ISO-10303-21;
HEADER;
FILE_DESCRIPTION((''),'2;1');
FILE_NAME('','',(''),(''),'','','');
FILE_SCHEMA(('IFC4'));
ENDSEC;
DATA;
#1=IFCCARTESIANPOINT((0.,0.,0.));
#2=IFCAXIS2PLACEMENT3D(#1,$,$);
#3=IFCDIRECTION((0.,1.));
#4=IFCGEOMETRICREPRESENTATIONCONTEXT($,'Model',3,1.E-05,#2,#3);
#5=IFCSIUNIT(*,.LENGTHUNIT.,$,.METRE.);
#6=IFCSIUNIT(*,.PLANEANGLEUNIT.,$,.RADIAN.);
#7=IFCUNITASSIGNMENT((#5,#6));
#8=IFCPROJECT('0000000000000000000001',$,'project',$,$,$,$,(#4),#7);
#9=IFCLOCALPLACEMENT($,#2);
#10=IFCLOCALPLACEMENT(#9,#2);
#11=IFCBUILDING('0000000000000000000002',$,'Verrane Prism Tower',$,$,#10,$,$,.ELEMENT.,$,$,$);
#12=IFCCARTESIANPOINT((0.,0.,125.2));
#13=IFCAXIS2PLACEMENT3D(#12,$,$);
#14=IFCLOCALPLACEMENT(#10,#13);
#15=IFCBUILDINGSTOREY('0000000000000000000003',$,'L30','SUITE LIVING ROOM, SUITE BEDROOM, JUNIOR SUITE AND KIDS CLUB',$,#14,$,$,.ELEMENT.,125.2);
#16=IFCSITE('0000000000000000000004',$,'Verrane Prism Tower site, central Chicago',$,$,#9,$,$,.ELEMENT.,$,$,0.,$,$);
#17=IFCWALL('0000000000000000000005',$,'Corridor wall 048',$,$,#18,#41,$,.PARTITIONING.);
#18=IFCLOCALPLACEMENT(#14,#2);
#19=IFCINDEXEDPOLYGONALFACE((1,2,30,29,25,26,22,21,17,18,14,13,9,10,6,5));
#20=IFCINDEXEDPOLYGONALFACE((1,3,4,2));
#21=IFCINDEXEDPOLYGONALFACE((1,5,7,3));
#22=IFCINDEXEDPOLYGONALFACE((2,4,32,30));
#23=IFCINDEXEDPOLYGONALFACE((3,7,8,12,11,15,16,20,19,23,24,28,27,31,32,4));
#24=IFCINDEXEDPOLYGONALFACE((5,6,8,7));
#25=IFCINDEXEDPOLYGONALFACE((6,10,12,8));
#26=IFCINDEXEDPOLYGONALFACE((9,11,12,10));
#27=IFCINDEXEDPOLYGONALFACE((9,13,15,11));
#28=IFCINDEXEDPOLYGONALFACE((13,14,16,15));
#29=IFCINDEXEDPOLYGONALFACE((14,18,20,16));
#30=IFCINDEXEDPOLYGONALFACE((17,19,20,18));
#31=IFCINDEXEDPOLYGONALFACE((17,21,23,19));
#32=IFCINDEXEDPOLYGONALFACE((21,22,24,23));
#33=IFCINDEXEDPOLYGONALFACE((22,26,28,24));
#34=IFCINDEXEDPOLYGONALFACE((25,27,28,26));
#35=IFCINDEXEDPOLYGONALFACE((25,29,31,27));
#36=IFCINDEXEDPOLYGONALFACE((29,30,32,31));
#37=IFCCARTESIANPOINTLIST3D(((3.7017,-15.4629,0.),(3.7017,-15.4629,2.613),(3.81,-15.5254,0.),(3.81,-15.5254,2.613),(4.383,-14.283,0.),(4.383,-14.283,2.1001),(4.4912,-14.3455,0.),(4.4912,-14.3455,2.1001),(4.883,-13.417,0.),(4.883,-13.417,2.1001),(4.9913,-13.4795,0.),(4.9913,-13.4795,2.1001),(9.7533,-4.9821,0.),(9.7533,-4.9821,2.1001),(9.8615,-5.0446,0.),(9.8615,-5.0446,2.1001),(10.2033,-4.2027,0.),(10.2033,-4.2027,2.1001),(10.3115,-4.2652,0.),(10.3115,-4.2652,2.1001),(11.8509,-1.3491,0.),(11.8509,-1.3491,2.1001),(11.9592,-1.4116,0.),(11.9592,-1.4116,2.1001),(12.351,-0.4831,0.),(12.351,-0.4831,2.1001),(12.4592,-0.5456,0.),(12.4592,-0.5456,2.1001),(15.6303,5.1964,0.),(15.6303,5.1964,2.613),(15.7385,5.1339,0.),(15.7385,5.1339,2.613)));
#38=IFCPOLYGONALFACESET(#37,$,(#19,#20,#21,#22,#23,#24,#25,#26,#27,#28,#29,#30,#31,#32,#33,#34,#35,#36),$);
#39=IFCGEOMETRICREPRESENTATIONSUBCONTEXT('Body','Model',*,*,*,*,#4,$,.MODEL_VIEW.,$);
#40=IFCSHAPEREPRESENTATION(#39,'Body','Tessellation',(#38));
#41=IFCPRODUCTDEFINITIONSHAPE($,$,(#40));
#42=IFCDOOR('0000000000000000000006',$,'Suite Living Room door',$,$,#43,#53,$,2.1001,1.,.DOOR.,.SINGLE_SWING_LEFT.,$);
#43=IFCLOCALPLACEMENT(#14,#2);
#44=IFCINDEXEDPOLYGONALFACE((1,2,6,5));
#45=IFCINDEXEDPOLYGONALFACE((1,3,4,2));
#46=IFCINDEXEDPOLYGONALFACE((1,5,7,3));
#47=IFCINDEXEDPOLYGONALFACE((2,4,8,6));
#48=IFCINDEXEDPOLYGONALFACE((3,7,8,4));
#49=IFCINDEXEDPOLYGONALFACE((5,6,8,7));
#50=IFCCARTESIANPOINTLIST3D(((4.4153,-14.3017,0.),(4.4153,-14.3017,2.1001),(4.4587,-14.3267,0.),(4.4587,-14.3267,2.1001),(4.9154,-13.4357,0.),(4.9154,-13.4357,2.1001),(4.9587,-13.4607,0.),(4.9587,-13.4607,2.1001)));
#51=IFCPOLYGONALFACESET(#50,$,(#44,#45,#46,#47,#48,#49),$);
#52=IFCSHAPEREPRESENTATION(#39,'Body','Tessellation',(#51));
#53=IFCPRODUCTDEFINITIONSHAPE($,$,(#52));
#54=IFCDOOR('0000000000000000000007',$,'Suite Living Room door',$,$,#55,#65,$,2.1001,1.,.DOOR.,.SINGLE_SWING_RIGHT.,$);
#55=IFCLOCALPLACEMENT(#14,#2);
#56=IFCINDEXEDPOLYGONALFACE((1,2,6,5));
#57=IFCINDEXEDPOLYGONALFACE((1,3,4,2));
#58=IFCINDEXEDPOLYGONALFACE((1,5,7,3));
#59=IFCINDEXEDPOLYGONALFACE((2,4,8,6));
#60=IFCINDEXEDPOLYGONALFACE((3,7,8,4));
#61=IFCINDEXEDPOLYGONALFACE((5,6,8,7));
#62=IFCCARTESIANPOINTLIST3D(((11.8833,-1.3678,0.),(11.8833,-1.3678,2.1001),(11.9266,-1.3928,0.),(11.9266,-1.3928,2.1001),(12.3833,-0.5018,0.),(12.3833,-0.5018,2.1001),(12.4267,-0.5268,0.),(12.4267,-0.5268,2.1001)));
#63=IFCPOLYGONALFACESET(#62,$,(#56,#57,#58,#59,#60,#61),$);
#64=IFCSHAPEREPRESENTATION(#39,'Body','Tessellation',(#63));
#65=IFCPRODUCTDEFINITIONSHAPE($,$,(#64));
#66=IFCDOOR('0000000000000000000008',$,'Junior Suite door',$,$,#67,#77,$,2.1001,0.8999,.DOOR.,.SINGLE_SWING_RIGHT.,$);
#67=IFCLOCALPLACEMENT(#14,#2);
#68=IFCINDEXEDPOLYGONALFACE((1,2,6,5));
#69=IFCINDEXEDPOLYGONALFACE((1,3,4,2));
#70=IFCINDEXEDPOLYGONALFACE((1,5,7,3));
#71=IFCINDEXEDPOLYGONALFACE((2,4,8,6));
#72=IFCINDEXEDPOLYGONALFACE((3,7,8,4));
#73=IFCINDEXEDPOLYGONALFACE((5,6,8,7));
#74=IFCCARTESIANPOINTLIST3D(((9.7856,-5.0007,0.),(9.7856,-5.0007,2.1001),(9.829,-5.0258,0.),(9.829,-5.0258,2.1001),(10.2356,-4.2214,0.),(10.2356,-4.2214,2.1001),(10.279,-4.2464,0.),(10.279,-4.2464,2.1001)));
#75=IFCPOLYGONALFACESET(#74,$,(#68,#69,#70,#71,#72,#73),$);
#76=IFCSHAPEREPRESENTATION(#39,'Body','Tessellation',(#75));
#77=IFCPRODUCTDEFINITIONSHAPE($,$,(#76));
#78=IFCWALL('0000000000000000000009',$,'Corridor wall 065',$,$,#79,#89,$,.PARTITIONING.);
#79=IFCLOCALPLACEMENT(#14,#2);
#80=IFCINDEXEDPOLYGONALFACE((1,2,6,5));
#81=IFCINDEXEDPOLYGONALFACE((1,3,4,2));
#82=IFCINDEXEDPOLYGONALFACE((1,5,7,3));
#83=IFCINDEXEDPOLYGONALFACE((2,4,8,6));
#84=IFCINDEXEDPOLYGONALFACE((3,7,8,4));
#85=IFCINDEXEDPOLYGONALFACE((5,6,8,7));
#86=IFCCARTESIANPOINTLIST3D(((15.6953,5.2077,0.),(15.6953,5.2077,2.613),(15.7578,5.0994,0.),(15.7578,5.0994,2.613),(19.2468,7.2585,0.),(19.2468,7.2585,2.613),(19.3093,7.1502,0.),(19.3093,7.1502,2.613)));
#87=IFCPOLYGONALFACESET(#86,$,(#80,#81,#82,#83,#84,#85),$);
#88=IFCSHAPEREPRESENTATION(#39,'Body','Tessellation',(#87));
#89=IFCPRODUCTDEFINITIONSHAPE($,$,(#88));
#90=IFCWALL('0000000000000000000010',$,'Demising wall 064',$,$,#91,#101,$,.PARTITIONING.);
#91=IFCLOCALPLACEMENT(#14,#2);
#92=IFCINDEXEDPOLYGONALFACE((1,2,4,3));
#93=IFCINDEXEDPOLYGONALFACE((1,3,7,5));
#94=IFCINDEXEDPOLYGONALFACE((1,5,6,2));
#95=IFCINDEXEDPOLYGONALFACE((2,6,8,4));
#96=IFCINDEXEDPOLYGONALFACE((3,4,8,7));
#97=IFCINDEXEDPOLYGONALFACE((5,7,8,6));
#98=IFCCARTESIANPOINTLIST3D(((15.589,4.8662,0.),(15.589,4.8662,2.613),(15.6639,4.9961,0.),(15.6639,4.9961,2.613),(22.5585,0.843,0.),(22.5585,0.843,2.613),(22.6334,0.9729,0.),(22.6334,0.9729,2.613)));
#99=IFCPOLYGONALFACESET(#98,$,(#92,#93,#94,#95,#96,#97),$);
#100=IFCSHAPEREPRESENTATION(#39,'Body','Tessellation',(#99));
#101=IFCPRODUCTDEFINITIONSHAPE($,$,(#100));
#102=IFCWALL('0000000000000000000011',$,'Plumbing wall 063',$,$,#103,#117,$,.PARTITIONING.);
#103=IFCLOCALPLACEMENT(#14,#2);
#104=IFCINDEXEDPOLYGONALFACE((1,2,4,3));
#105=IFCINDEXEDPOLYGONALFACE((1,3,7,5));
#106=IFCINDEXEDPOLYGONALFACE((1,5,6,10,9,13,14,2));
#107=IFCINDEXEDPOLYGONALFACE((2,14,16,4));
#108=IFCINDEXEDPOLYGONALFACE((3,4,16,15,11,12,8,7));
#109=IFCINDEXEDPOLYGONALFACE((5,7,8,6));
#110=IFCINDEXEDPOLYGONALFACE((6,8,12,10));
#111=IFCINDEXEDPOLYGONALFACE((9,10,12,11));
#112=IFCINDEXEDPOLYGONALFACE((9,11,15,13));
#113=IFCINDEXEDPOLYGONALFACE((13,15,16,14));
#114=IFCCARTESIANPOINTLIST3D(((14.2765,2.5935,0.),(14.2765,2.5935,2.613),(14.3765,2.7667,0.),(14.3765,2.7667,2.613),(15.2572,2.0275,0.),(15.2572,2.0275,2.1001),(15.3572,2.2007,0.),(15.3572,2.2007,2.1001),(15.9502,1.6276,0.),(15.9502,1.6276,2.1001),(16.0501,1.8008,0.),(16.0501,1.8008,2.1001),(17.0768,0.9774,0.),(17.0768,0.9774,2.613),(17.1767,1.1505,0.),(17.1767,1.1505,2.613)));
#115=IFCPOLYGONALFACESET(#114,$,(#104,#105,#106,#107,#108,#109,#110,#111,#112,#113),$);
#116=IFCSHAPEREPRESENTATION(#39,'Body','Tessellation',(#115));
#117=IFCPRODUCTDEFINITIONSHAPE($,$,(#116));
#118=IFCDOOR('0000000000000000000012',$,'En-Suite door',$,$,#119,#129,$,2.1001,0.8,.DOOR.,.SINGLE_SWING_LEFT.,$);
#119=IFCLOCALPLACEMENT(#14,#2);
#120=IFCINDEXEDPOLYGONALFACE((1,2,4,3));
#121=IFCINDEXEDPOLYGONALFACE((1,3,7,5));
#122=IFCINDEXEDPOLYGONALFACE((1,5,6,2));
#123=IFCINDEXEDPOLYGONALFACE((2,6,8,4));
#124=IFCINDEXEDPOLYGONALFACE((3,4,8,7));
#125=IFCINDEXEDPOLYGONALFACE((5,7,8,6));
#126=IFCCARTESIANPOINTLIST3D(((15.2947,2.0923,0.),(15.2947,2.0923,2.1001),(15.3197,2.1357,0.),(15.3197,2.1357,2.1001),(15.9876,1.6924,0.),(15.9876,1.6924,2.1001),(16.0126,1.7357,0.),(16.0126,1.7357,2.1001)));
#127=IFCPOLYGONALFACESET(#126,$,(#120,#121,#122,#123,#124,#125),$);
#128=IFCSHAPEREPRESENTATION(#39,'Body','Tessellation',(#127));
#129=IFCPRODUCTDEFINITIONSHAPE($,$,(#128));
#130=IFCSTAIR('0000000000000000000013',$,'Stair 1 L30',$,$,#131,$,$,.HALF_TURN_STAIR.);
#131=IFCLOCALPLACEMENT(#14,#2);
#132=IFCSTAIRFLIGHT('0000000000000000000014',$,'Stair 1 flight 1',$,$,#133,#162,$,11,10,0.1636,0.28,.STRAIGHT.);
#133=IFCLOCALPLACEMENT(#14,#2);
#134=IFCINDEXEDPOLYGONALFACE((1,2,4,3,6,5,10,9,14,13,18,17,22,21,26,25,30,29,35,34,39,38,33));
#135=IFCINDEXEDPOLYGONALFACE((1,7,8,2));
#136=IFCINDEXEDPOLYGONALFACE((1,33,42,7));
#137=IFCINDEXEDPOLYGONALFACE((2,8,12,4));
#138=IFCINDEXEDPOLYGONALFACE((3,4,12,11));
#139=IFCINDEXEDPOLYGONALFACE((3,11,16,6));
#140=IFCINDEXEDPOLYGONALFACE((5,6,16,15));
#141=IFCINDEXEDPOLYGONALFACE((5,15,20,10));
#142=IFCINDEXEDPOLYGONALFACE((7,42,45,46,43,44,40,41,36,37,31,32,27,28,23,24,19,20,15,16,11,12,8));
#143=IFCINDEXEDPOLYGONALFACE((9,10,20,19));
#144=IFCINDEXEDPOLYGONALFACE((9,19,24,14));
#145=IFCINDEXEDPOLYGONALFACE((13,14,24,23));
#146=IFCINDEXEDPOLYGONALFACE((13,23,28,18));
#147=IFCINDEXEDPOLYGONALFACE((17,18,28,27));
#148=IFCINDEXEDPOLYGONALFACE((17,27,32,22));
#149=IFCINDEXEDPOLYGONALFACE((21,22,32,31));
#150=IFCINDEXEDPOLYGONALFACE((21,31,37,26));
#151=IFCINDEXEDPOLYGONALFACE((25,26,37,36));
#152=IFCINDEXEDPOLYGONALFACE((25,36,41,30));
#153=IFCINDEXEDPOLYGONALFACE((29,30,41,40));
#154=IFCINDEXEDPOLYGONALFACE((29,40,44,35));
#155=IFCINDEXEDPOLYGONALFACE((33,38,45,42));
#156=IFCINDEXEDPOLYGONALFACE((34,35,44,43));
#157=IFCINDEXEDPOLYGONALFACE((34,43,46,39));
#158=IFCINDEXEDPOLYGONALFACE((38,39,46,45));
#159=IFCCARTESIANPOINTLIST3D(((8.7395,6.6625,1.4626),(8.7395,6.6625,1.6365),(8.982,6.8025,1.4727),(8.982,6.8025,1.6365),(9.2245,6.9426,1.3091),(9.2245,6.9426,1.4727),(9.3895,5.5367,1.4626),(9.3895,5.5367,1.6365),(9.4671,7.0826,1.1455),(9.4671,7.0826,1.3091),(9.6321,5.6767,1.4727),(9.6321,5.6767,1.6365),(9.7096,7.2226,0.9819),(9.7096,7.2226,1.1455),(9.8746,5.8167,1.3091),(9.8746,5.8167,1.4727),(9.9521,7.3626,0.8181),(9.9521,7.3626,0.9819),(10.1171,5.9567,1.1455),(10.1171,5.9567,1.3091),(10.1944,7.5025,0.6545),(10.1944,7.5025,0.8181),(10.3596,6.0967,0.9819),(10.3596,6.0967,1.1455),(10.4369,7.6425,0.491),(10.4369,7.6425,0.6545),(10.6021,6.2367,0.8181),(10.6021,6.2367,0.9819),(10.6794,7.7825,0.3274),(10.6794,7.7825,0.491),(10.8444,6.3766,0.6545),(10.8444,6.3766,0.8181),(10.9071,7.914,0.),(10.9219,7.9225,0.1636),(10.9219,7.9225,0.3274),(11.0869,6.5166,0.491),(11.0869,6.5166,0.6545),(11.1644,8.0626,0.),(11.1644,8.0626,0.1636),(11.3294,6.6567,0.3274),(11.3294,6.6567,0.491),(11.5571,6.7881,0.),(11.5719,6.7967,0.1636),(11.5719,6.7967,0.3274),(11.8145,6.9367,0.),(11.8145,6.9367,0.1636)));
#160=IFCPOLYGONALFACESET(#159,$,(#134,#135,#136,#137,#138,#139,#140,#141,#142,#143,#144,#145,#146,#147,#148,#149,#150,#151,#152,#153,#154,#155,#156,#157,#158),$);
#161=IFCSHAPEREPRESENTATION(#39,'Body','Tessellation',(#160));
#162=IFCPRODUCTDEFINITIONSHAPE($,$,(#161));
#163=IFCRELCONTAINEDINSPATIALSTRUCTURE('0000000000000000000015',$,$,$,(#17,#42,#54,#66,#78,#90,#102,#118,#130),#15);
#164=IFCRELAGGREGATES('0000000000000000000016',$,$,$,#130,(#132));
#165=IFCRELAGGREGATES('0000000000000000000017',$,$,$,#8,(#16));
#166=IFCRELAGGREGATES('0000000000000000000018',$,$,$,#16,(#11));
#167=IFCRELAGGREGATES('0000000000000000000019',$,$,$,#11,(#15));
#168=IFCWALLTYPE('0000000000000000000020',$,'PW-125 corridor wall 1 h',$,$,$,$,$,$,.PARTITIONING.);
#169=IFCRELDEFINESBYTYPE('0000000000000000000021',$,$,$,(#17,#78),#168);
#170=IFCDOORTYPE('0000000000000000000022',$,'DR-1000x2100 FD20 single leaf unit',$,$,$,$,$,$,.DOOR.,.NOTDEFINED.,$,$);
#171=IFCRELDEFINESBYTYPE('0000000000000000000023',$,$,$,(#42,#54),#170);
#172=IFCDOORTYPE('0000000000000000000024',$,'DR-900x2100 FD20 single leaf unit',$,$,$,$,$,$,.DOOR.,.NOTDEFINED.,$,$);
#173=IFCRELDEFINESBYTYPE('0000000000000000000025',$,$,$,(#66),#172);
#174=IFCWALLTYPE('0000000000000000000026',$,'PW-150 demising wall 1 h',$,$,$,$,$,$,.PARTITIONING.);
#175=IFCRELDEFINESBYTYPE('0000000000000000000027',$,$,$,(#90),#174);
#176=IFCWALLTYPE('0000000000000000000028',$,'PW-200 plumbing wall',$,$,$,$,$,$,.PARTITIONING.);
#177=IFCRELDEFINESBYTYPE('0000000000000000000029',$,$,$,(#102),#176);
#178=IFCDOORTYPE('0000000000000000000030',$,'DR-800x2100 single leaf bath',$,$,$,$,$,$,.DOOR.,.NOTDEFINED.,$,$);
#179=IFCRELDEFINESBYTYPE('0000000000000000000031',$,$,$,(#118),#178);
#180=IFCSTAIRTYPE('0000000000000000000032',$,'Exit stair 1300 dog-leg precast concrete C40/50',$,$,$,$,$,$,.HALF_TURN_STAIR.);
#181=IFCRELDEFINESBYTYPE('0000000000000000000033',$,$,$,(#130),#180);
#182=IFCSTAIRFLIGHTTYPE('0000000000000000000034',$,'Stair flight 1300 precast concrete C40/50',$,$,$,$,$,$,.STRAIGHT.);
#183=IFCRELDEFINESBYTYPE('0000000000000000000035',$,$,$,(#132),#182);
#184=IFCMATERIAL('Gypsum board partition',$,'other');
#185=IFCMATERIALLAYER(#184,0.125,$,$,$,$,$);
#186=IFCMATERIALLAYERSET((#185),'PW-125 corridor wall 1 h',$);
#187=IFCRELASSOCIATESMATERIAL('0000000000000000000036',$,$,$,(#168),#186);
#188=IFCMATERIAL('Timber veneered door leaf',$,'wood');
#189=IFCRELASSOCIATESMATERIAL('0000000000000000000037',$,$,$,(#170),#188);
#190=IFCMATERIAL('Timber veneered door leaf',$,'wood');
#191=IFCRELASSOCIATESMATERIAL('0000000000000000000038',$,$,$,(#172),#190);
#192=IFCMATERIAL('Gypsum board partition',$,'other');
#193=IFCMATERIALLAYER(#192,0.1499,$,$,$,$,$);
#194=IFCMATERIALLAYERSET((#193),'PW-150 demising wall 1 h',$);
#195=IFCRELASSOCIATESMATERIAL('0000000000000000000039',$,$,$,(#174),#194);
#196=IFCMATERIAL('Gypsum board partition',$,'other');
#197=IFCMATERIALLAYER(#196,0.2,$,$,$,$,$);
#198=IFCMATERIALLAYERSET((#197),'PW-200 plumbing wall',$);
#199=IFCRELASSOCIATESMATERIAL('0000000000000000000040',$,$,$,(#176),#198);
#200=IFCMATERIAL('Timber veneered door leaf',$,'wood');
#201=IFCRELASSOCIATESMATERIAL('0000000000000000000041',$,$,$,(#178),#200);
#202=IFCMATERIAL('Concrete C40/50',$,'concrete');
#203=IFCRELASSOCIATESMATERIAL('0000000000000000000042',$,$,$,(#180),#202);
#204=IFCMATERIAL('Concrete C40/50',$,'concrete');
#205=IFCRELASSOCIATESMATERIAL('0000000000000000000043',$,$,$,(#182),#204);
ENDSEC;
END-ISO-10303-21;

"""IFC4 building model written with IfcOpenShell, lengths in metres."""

from ifc_helpers import new_model, si_unit, direction, frame, frame_2d, origin, place, context, subcontext, project, spatial, polyline, rectangle, outline, extrude, material, layer, layer_set, type_object, element, fill, aggregate, save


model = new_model("IFC4")

# Units and contexts
model_context = context("Model", 3, precision=1e-05, world=origin(), true_north=direction((0.0, 1.0)))
body_context = subcontext(model_context, "Body", "Model", "MODEL_VIEW")
ifc_project = project(units=[si_unit("LENGTHUNIT", "METRE"), si_unit("PLANEANGLEUNIT", "RADIAN")], contexts=[model_context])

# Site, building, storey
site_placement = place(None, origin())
site = spatial("IfcSite", under=ifc_project, at=site_placement, Name="Verrane Prism Tower site, central Chicago", CompositionType="ELEMENT", RefElevation=0.0)
building_placement = place(site_placement, origin())
building = spatial("IfcBuilding", under=site, at=building_placement, Name="Verrane Prism Tower", CompositionType="ELEMENT")
storey_placement = place(building_placement, frame((0.0, 0.0, 125.2)))
storey = spatial("IfcBuildingStorey", under=building, at=storey_placement, Name="L30", Description="SUITE LIVING ROOM, SUITE BEDROOM, JUNIOR SUITE AND KIDS CLUB", CompositionType="ELEMENT", Elevation=125.2)

# Wall, openings, doors
ifc_material_1 = material(Name="Gypsum board partition", Category="other")
ifc_layer_1 = layer(ifc_material_1, 0.125)
ifc_layer_set_1 = layer_set([ifc_layer_1], Name="PW-125 corridor wall 1 h")
wall_type_1 = type_object("IfcWallType", Name="PW-125 corridor wall 1 h", PredefinedType="PARTITIONING", material=ifc_layer_set_1)
wall_1_placement = place(storey_placement, frame((15.6843, 5.165, 0.0), z_axis=(0.0, 0.0, 1.0), x_axis=(-0.500028, -0.866009, 0.0)))
wall_1 = element("IfcWall", 1, at=wall_1_placement, inside=storey, type_object=wall_type_1, Name="Corridor wall 048", PredefinedType="PARTITIONING", context=body_context, shape_type="SweptSolid", body=[
    extrude(rectangle(XDim=23.8557, YDim=0.125, at=frame_2d((11.9277, 0.0))), origin(), (0.0, 0.0, 1.0), 2.613),
])
opening_1_placement = place(wall_1_placement, frame((21.4932, 0.0, 0.0)))
opening_1 = element("IfcOpeningElement", 2, at=opening_1_placement, cuts=wall_1, PredefinedType="OPENING", context=body_context, shape_type="SweptSolid", body=[
    extrude(rectangle(XDim=1.0, YDim=2.1001, at=frame_2d((0.5, 1.05))), frame((0.0, 0.0725, 0.0), z_axis=(0.0, -1.0, 0.0), x_axis=(1.0, 0.0, 0.0)), (0.0, 0.0, 1.0), 0.145),
])
opening_2_placement = place(wall_1_placement, frame((10.8533, 0.0, 0.0)))
opening_2 = element("IfcOpeningElement", 3, at=opening_2_placement, cuts=wall_1, PredefinedType="OPENING", context=body_context, shape_type="SweptSolid", body=[
    extrude(rectangle(XDim=0.8999, YDim=2.1001, at=frame_2d((0.45, 1.05))), frame((0.0, 0.0725, 0.0), z_axis=(0.0, -1.0, 0.0), x_axis=(1.0, 0.0, 0.0)), (0.0, 0.0, 1.0), 0.145),
])
opening_3_placement = place(wall_1_placement, frame((6.5581, 0.0, 0.0)))
opening_3 = element("IfcOpeningElement", 4, at=opening_3_placement, cuts=wall_1, PredefinedType="OPENING", context=body_context, shape_type="SweptSolid", body=[
    extrude(rectangle(XDim=1.0, YDim=2.1001, at=frame_2d((0.5, 1.05))), frame((0.0, 0.0725, 0.0), z_axis=(0.0, -1.0, 0.0), x_axis=(1.0, 0.0, 0.0)), (0.0, 0.0, 1.0), 0.145),
])
ifc_material_2 = material(Name="Timber veneered door leaf", Category="wood")
door_type_1 = type_object("IfcDoorType", Name="DR-1000x2100 FD20 single leaf unit", OperationType="NOTDEFINED", PredefinedType="DOOR", material=ifc_material_2)
door_1_placement = place(opening_1_placement, origin())
door_1 = element("IfcDoor", 5, at=door_1_placement, inside=storey, type_object=door_type_1, Name="Suite Living Room door", OperationType="SINGLE_SWING_LEFT", OverallHeight=2.1001, OverallWidth=1.0, PredefinedType="DOOR", context=body_context, shape_type="SweptSolid", body=[
    extrude(rectangle(XDim=1.0, YDim=2.1001, at=frame_2d((0.5, 1.05))), frame((0.0, 0.0249, 0.0), z_axis=(0.0, -1.0, 0.0), x_axis=(1.0, 0.0, 0.0)), (0.0, 0.0, 1.0), 0.05),
])
fill(opening_1, door_1)
door_2_placement = place(opening_3_placement, origin())
door_2 = element("IfcDoor", 6, at=door_2_placement, inside=storey, type_object=door_type_1, Name="Suite Living Room door", OperationType="SINGLE_SWING_RIGHT", OverallHeight=2.1001, OverallWidth=1.0, PredefinedType="DOOR", context=body_context, shape_type="SweptSolid", body=[
    extrude(rectangle(XDim=1.0, YDim=2.1001, at=frame_2d((0.5, 1.05))), frame((0.0, 0.0249, 0.0), z_axis=(0.0, -1.0, 0.0), x_axis=(1.0, 0.0, 0.0)), (0.0, 0.0, 1.0), 0.05),
])
fill(opening_3, door_2)
ifc_material_3 = material(Name="Timber veneered door leaf", Category="wood")
door_type_2 = type_object("IfcDoorType", Name="DR-900x2100 FD20 single leaf unit", OperationType="NOTDEFINED", PredefinedType="DOOR", material=ifc_material_3)
door_3_placement = place(opening_2_placement, origin())
door_3 = element("IfcDoor", 7, at=door_3_placement, inside=storey, type_object=door_type_2, Name="Junior Suite door", OperationType="SINGLE_SWING_RIGHT", OverallHeight=2.1001, OverallWidth=0.8999, PredefinedType="DOOR", context=body_context, shape_type="SweptSolid", body=[
    extrude(rectangle(XDim=0.8999, YDim=2.1001, at=frame_2d((0.45, 1.05))), frame((0.0, 0.0249, 0.0), z_axis=(0.0, -1.0, 0.0), x_axis=(1.0, 0.0, 0.0)), (0.0, 0.0, 1.0), 0.05),
])
fill(opening_2, door_3)

# Walls
wall_2_placement = place(storey_placement, frame((15.7266, 5.1536, 0.0), z_axis=(0.0, 0.0, 1.0), x_axis=(0.865992, 0.500057, 0.0)))
element("IfcWall", 8, at=wall_2_placement, inside=storey, type_object=wall_type_1, Name="Corridor wall 065", PredefinedType="PARTITIONING", context=body_context, shape_type="SweptSolid", body=[
    extrude(rectangle(XDim=4.1011, YDim=0.125, at=frame_2d((2.0505, 0.0))), origin(), (0.0, 0.0, 1.0), 2.613),
])
ifc_material_4 = material(Name="Gypsum board partition", Category="other")
ifc_layer_2 = layer(ifc_material_4, 0.1499)
ifc_layer_set_2 = layer_set([ifc_layer_2], Name="PW-150 demising wall 1 h")
wall_type_2 = type_object("IfcWallType", Name="PW-150 demising wall 1 h", PredefinedType="PARTITIONING", material=ifc_layer_set_2)
wall_3_placement = place(storey_placement, frame((15.6265, 4.9312, 0.0), z_axis=(0.0, 0.0, 1.0), x_axis=(0.86606, -0.49994, 0.0)))
element("IfcWall", 9, at=wall_3_placement, inside=storey, type_object=wall_type_2, Name="Demising wall 064", PredefinedType="PARTITIONING", context=body_context, shape_type="SweptSolid", body=[
    extrude(rectangle(XDim=8.0474, YDim=0.1499, at=frame_2d((4.0237, 0.0))), origin(), (0.0, 0.0, 1.0), 2.613),
])

# Wall, opening, door
ifc_material_5 = material(Name="Gypsum board partition", Category="other")
ifc_layer_3 = layer(ifc_material_5, 0.2)
ifc_layer_set_3 = layer_set([ifc_layer_3], Name="PW-200 plumbing wall")
wall_type_3 = type_object("IfcWallType", Name="PW-200 plumbing wall", PredefinedType="PARTITIONING", material=ifc_layer_set_3)
wall_4_placement = place(storey_placement, frame((14.3264, 2.6802, 0.0), z_axis=(0.0, 0.0, 1.0), x_axis=(0.866098, -0.499875, 0.0)))
wall_4 = element("IfcWall", 10, at=wall_4_placement, inside=storey, type_object=wall_type_3, Name="Plumbing wall 063", PredefinedType="PARTITIONING", context=body_context, shape_type="SweptSolid", body=[
    extrude(rectangle(XDim=3.2332, YDim=0.2, at=frame_2d((1.6167, 0.0))), origin(), (0.0, 0.0, 1.0), 2.613),
])
opening_4_placement = place(wall_4_placement, frame((1.1326, 0.0, 0.0)))
opening_4 = element("IfcOpeningElement", 11, at=opening_4_placement, cuts=wall_4, PredefinedType="OPENING", context=body_context, shape_type="SweptSolid", body=[
    extrude(rectangle(XDim=0.8, YDim=2.1001, at=frame_2d((0.3999, 1.05))), frame((0.0, 0.1099, 0.0), z_axis=(0.0, -1.0, 0.0), x_axis=(1.0, 0.0, 0.0)), (0.0, 0.0, 1.0), 0.22),
])
ifc_material_6 = material(Name="Timber veneered door leaf", Category="wood")
door_type_3 = type_object("IfcDoorType", Name="DR-800x2100 single leaf bath", OperationType="NOTDEFINED", PredefinedType="DOOR", material=ifc_material_6)
door_4_placement = place(opening_4_placement, origin())
door_4 = element("IfcDoor", 12, at=door_4_placement, inside=storey, type_object=door_type_3, Name="En-Suite door", OperationType="SINGLE_SWING_LEFT", OverallHeight=2.1001, OverallWidth=0.8, PredefinedType="DOOR", context=body_context, shape_type="SweptSolid", body=[
    extrude(rectangle(XDim=0.8, YDim=2.1001, at=frame_2d((0.3999, 1.05))), frame((0.0, 0.0249, 0.0), z_axis=(0.0, -1.0, 0.0), x_axis=(1.0, 0.0, 0.0)), (0.0, 0.0, 1.0), 0.05),
])
fill(opening_4, door_4)

# Stair, stair flight
ifc_material_7 = material(Name="Concrete C40/50", Category="concrete")
stair_type = type_object("IfcStairType", Name="Exit stair 1300 dog-leg precast concrete C40/50", PredefinedType="HALF_TURN_STAIR", material=ifc_material_7)
stair_placement = place(storey_placement, origin())
stair = element("IfcStair", 13, at=stair_placement, inside=storey, type_object=stair_type, Name="Stair 1 L30", PredefinedType="HALF_TURN_STAIR")
ifc_material_8 = material(Name="Concrete C40/50", Category="concrete")
stair_flight_type = type_object("IfcStairFlightType", Name="Stair flight 1300 precast concrete C40/50", PredefinedType="STRAIGHT", material=ifc_material_8)
stair_flight_1_placement = place(storey_placement, frame((11.4895, 7.4995, 0.0), z_axis=(0.0, 0.0, 1.0), x_axis=(-0.866025, -0.5, 0.0)))
stair_flight_1 = element("IfcStairFlight", 14, at=stair_flight_1_placement, type_object=stair_flight_type, Name="Stair 1 flight 1", NumberOfRisers=11, NumberOfTreads=10, PredefinedType="STRAIGHT", RiserHeight=0.1636, TreadLength=0.28, context=body_context, shape_type="SweptSolid", body=[
    extrude(outline(polyline([(0.0, 0.0), (0.0, 0.1636), (0.28, 0.1636), (0.28, 0.3274), (0.5601, 0.3274), (0.5601, 0.491), (0.8401, 0.491), (0.8401, 0.6545), (1.1201, 0.6545), (1.1201, 0.8181), (1.3999, 0.8181), (1.3999, 0.9819), (1.6799, 0.9819), (1.6799, 1.1455), (1.96, 1.1455), (1.96, 1.3091), (2.24, 1.3091), (2.24, 1.4727), (2.52, 1.4727), (2.52, 1.6365), (2.8, 1.6365), (2.8, 1.8), (2.8, 1.4626), (0.2971, 0.0), (0.0, 0.0)])), frame((0.0, 0.6499, 0.0), z_axis=(0.0, -1.0, 0.0), x_axis=(1.0, 0.0, 0.0)), (0.0, 0.0, 1.0), 1.3),
])
aggregate(stair, [stair_flight_1])

save(model, "model.ifc")
